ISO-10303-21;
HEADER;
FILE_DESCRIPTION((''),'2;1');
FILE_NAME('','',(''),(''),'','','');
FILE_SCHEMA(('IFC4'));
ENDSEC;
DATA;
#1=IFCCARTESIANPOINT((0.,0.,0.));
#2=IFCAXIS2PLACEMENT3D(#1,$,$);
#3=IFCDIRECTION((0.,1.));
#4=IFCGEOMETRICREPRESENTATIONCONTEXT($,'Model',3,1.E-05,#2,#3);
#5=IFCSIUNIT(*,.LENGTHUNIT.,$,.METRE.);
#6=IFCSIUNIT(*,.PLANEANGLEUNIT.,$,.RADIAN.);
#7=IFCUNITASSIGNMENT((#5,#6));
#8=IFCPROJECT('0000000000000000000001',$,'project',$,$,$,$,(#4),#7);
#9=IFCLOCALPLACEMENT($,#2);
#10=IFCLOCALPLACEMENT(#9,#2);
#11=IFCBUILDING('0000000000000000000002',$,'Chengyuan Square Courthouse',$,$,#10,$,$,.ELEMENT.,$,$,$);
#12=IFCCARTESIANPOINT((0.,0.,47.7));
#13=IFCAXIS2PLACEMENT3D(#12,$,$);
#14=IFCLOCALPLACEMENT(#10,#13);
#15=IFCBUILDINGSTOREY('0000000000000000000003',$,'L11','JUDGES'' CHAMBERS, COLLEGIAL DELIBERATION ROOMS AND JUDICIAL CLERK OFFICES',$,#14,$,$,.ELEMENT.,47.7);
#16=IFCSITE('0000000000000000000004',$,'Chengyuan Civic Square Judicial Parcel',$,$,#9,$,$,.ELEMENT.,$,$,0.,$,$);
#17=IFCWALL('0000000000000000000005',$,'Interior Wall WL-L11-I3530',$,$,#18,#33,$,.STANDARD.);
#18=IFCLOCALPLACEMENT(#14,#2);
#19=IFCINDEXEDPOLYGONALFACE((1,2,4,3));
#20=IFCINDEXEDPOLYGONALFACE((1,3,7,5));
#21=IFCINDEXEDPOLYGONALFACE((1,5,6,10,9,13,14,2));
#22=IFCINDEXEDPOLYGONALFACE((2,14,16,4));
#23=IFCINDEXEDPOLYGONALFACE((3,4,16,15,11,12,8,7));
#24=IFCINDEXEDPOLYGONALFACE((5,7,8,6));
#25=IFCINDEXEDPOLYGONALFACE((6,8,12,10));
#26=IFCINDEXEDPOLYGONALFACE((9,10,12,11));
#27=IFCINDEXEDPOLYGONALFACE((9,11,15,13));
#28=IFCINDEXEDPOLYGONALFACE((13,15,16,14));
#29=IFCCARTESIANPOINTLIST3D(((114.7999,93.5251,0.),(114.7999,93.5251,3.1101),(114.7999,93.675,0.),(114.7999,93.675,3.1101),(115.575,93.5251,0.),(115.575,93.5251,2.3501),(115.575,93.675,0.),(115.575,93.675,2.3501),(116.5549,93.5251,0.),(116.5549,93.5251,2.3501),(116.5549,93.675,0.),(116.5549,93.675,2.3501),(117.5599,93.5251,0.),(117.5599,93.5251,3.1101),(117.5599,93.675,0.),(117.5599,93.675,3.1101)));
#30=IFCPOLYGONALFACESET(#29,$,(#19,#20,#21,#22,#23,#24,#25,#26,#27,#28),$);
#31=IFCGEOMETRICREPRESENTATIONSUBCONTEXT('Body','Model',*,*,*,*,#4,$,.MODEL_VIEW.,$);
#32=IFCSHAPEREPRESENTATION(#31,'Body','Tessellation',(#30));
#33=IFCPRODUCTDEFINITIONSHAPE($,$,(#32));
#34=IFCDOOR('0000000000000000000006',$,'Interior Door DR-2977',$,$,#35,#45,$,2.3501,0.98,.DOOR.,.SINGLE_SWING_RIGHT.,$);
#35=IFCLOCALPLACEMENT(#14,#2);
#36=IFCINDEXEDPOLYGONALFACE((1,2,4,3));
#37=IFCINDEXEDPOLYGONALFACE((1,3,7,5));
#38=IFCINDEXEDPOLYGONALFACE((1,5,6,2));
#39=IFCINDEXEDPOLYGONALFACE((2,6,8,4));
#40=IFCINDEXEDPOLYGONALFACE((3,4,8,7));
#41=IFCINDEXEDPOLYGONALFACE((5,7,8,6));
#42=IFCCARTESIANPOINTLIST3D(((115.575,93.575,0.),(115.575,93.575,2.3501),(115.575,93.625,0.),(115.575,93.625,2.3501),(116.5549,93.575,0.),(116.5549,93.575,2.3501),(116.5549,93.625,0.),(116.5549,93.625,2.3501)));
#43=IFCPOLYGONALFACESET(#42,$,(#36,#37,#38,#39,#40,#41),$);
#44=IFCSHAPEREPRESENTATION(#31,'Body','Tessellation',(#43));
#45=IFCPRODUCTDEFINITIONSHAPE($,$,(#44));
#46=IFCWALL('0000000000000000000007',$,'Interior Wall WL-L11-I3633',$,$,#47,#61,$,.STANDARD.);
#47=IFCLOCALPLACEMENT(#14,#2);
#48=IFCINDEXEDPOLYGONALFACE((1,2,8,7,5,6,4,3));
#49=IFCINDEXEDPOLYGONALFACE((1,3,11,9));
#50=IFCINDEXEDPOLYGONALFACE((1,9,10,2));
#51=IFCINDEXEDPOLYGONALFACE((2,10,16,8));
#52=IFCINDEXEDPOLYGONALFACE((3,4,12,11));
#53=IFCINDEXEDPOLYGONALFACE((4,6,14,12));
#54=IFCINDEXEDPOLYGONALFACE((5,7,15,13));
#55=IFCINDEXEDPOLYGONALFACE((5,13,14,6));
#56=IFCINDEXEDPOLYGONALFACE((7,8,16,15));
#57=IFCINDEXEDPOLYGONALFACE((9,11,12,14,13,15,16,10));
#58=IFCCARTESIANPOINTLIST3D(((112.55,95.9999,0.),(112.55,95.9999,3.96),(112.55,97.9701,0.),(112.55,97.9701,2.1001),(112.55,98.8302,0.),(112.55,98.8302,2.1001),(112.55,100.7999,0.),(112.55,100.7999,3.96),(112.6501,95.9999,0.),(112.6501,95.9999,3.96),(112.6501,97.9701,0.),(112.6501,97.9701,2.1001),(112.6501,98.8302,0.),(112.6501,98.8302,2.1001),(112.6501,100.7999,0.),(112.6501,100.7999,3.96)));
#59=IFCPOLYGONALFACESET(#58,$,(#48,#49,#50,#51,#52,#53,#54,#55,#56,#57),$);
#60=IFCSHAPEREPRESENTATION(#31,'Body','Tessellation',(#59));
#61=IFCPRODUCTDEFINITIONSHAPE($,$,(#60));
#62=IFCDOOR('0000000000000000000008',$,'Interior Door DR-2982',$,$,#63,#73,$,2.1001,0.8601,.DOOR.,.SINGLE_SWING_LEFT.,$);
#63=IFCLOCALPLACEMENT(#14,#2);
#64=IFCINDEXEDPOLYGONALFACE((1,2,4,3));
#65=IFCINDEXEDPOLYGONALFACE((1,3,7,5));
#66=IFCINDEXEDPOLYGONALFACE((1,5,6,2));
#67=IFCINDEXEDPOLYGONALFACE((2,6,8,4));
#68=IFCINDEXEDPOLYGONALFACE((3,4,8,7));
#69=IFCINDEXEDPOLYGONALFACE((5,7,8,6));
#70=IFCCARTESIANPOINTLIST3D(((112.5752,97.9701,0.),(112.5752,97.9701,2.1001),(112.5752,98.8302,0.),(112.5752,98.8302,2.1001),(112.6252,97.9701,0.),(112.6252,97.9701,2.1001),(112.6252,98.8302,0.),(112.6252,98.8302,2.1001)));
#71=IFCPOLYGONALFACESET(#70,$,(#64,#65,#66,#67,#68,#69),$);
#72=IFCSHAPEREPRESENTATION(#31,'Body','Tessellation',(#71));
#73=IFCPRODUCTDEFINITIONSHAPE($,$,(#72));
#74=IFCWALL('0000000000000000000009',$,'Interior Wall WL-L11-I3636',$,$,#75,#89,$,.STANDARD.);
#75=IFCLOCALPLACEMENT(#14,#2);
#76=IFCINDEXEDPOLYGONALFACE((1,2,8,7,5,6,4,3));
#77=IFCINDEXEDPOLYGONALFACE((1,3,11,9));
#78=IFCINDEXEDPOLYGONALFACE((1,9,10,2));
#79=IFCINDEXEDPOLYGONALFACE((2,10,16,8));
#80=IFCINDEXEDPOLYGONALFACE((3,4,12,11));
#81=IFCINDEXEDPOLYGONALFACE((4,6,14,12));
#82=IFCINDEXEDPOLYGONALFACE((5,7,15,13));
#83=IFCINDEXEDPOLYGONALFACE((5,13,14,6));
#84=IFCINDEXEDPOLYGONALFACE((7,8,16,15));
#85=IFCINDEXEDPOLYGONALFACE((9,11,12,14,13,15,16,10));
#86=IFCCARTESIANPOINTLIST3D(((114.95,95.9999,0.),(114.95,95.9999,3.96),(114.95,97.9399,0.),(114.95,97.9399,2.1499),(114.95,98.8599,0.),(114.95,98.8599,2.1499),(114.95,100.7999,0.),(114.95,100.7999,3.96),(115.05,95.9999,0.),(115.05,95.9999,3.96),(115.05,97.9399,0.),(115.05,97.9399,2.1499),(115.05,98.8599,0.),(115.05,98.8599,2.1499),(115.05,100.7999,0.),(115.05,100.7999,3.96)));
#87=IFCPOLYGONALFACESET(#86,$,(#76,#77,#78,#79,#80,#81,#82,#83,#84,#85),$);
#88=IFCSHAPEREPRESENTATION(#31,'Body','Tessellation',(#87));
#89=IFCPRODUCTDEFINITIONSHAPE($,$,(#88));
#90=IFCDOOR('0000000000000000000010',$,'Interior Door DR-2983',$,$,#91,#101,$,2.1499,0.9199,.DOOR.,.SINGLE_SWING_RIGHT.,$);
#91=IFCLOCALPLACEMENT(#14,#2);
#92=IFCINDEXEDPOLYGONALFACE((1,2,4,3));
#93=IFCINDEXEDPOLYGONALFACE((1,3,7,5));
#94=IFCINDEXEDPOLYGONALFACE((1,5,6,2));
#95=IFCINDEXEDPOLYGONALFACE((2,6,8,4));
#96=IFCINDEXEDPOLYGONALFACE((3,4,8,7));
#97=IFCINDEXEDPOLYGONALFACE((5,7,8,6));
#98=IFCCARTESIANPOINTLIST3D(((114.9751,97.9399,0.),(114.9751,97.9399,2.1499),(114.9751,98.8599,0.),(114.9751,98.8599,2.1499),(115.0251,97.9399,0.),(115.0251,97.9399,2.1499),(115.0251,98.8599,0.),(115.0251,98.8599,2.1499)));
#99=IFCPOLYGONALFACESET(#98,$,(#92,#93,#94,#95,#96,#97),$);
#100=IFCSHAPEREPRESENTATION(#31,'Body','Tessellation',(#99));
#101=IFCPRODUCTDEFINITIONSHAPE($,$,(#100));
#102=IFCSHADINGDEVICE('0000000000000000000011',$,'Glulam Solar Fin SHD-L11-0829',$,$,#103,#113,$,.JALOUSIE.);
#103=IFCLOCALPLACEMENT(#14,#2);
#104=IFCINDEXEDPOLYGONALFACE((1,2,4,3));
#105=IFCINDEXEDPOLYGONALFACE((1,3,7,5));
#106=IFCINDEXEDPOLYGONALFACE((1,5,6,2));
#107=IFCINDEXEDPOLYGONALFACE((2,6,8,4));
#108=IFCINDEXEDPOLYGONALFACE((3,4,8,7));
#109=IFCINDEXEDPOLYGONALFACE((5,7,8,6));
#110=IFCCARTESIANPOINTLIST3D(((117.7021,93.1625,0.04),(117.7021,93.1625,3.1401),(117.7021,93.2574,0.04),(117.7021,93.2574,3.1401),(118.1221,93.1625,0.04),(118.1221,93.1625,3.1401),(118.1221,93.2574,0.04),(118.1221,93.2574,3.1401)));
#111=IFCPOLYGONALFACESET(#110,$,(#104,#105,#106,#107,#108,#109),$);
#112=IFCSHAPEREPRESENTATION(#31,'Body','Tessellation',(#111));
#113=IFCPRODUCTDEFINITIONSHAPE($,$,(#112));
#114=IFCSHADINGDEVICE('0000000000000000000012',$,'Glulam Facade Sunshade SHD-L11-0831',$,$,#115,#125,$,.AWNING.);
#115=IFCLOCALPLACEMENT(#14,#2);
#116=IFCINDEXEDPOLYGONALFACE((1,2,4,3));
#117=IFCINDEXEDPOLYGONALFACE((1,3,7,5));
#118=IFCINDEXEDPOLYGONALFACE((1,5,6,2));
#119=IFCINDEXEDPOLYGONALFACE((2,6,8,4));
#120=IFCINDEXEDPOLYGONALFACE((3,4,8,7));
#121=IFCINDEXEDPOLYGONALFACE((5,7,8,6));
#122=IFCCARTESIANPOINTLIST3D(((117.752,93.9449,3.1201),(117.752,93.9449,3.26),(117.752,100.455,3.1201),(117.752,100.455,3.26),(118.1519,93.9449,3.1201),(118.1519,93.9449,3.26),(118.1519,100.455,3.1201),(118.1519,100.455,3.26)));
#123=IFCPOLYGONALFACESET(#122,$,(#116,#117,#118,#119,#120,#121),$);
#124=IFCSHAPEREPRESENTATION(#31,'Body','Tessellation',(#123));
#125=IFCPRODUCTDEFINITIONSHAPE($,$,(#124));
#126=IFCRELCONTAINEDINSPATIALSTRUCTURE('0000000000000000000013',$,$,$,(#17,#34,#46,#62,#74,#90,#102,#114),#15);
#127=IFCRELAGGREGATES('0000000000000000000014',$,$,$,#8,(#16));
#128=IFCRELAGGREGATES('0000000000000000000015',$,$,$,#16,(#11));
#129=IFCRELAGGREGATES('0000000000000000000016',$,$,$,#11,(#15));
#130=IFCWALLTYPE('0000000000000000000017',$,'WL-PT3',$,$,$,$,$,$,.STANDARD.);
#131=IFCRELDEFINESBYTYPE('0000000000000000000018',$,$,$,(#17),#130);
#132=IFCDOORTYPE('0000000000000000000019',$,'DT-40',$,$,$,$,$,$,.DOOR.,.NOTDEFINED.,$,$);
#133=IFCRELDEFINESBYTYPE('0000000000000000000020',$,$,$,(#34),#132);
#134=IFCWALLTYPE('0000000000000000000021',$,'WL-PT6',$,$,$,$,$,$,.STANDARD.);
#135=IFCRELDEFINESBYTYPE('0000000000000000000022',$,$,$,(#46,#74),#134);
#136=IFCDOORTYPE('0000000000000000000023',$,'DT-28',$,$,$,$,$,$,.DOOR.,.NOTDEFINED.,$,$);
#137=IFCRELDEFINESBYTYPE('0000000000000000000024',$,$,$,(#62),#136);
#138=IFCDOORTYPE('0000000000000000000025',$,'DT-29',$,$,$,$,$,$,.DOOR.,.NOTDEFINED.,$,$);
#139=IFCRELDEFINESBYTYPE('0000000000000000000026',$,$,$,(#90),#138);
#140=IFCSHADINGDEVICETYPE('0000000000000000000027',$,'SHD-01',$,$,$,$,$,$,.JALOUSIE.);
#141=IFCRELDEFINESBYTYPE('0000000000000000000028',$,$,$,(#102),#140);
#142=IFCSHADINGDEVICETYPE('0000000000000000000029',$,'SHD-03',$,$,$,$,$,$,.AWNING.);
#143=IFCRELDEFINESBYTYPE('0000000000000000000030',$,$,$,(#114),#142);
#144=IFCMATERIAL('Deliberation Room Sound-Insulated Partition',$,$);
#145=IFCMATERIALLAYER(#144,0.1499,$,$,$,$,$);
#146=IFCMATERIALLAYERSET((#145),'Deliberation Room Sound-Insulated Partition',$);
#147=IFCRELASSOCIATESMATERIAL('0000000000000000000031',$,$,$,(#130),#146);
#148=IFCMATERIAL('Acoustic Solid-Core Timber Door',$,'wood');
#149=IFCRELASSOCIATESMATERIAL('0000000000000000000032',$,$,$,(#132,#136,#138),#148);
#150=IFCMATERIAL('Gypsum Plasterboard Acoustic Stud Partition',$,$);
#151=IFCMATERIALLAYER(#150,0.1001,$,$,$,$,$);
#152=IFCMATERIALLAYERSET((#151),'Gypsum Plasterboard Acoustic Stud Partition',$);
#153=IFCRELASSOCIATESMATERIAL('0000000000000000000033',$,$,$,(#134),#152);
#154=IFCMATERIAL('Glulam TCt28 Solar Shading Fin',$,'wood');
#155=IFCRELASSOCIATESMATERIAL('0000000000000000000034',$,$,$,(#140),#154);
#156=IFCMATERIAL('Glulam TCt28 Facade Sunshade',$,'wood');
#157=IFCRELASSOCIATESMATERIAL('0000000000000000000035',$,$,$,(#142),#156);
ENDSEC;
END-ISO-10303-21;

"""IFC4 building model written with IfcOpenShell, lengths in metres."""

from ifc_helpers import new_model, si_unit, direction, frame, frame_2d, origin, origin_2d, place, context, subcontext, project, spatial, rectangle, extrude, material, layer, layer_set, type_object, element, fill, save


model = new_model("IFC4")

# Units and contexts
model_context = context("Model", 3, precision=1e-05, world=origin(), true_north=direction((0.0, 1.0)))
body_context = subcontext(model_context, "Body", "Model", "MODEL_VIEW")
ifc_project = project(units=[si_unit("LENGTHUNIT", "METRE"), si_unit("PLANEANGLEUNIT", "RADIAN")], contexts=[model_context])

# Site, building, storey
site_placement = place(None, origin())
site = spatial("IfcSite", under=ifc_project, at=site_placement, Name="Chengyuan Civic Square Judicial Parcel", CompositionType="ELEMENT", RefElevation=0.0)
building_placement = place(site_placement, origin())
building = spatial("IfcBuilding", under=site, at=building_placement, Name="Chengyuan Square Courthouse", CompositionType="ELEMENT")
storey_placement = place(building_placement, frame((0.0, 0.0, 47.7)))
storey = spatial("IfcBuildingStorey", under=building, at=storey_placement, Name="L11", Description="JUDGES' CHAMBERS, COLLEGIAL DELIBERATION ROOMS AND JUDICIAL CLERK OFFICES", CompositionType="ELEMENT", Elevation=47.7)

# Wall, opening, door
ifc_material_1 = material(Name="Deliberation Room Sound-Insulated Partition")
ifc_layer_1 = layer(ifc_material_1, 0.1499)
ifc_layer_set_1 = layer_set([ifc_layer_1], Name="Deliberation Room Sound-Insulated Partition")
wall_type_1 = type_object("IfcWallType", Name="WL-PT3", PredefinedType="STANDARD", material=ifc_layer_set_1)
wall_1_placement = place(storey_placement, frame((114.8, 93.6001, 0.0), z_axis=(0.0, 0.0, 1.0), x_axis=(1.0, 0.0, 0.0)))
wall_1 = element("IfcWall", 1, at=wall_1_placement, inside=storey, type_object=wall_type_1, Name="Interior Wall WL-L11-I3530", PredefinedType="STANDARD", context=body_context, shape_type="SweptSolid", body=[
    extrude(rectangle(XDim=2.76, YDim=0.1499, at=frame_2d((1.3799, 0.0))), origin(), (0.0, 0.0, 1.0), 3.1101),
])
opening_1_placement = place(wall_1_placement, frame((0.7749, 0.0, 0.0)))
opening_1 = element("IfcOpeningElement", 2, at=opening_1_placement, cuts=wall_1, PredefinedType="OPENING", context=body_context, shape_type="SweptSolid", body=[
    extrude(rectangle(XDim=0.98, YDim=2.3501, at=frame_2d((0.49, 1.175))), frame((0.0, 0.0869, 0.0), z_axis=(0.0, -1.0, 0.0), x_axis=(1.0, 0.0, 0.0)), (0.0, 0.0, 1.0), 0.1738),
])
ifc_material_2 = material(Name="Acoustic Solid-Core Timber Door", Category="wood")
door_type_1 = type_object("IfcDoorType", Name="DT-40", OperationType="NOTDEFINED", PredefinedType="DOOR", material=ifc_material_2)
door_1_placement = place(opening_1_placement, origin())
door_1 = element("IfcDoor", 3, at=door_1_placement, inside=storey, type_object=door_type_1, Name="Interior Door DR-2977", OperationType="SINGLE_SWING_RIGHT", OverallHeight=2.3501, OverallWidth=0.98, PredefinedType="DOOR", context=body_context, shape_type="SweptSolid", body=[
    extrude(rectangle(XDim=0.98, YDim=2.3501, at=frame_2d((0.49, 1.175))), frame((0.0, 0.0249, 0.0), z_axis=(0.0, -1.0, 0.0), x_axis=(1.0, 0.0, 0.0)), (0.0, 0.0, 1.0), 0.05),
])
fill(opening_1, door_1)

# Shared definitions
ifc_material_3 = material(Name="Gypsum Plasterboard Acoustic Stud Partition")
ifc_layer_2 = layer(ifc_material_3, 0.1001)
ifc_layer_set_2 = layer_set([ifc_layer_2], Name="Gypsum Plasterboard Acoustic Stud Partition")
wall_type_2 = type_object("IfcWallType", Name="WL-PT6", PredefinedType="STANDARD", material=ifc_layer_set_2)

# Walls, openings, doors
wall_2_placement = place(storey_placement, frame((112.6001, 96.0, 0.0), z_axis=(0.0, 0.0, 1.0), x_axis=(0.0, 1.0, 0.0)))
wall_2 = element("IfcWall", 4, at=wall_2_placement, inside=storey, type_object=wall_type_2, Name="Interior Wall WL-L11-I3633", PredefinedType="STANDARD", context=body_context, shape_type="SweptSolid", body=[
    extrude(rectangle(XDim=4.8, YDim=0.1001, at=frame_2d((2.3999, 0.0))), origin(), (0.0, 0.0, 1.0), 3.96),
])
opening_2_placement = place(wall_2_placement, frame((1.97, 0.0, 0.0)))
opening_2 = element("IfcOpeningElement", 5, at=opening_2_placement, cuts=wall_2, PredefinedType="OPENING", context=body_context, shape_type="SweptSolid", body=[
    extrude(rectangle(XDim=0.8601, YDim=2.1001, at=frame_2d((0.4302, 1.05))), frame((0.0, 0.062, 0.0), z_axis=(0.0, -1.0, 0.0), x_axis=(1.0, 0.0, 0.0)), (0.0, 0.0, 1.0), 0.124),
])
door_type_2 = type_object("IfcDoorType", Name="DT-28", OperationType="NOTDEFINED", PredefinedType="DOOR", material=ifc_material_2)
door_2_placement = place(opening_2_placement, origin())
door_2 = element("IfcDoor", 6, at=door_2_placement, inside=storey, type_object=door_type_2, Name="Interior Door DR-2982", OperationType="SINGLE_SWING_LEFT", OverallHeight=2.1001, OverallWidth=0.8601, PredefinedType="DOOR", context=body_context, shape_type="SweptSolid", body=[
    extrude(rectangle(XDim=0.8601, YDim=2.1001, at=frame_2d((0.4302, 1.05))), frame((0.0, 0.0249, 0.0), z_axis=(0.0, -1.0, 0.0), x_axis=(1.0, 0.0, 0.0)), (0.0, 0.0, 1.0), 0.05),
])
fill(opening_2, door_2)
wall_3_placement = place(storey_placement, frame((115.0, 96.0, 0.0), z_axis=(0.0, 0.0, 1.0), x_axis=(0.0, 1.0, 0.0)))
wall_3 = element("IfcWall", 7, at=wall_3_placement, inside=storey, type_object=wall_type_2, Name="Interior Wall WL-L11-I3636", PredefinedType="STANDARD", context=body_context, shape_type="SweptSolid", body=[
    extrude(rectangle(XDim=4.8, YDim=0.1001, at=frame_2d((2.3999, 0.0))), origin(), (0.0, 0.0, 1.0), 3.96),
])
opening_3_placement = place(wall_3_placement, frame((1.9399, 0.0, 0.0)))
opening_3 = element("IfcOpeningElement", 8, at=opening_3_placement, cuts=wall_3, PredefinedType="OPENING", context=body_context, shape_type="SweptSolid", body=[
    extrude(rectangle(XDim=0.9199, YDim=2.1499, at=frame_2d((0.46, 1.075))), frame((0.0, 0.062, 0.0), z_axis=(0.0, -1.0, 0.0), x_axis=(1.0, 0.0, 0.0)), (0.0, 0.0, 1.0), 0.124),
])
door_type_3 = type_object("IfcDoorType", Name="DT-29", OperationType="NOTDEFINED", PredefinedType="DOOR", material=ifc_material_2)
door_3_placement = place(opening_3_placement, origin())
door_3 = element("IfcDoor", 9, at=door_3_placement, inside=storey, type_object=door_type_3, Name="Interior Door DR-2983", OperationType="SINGLE_SWING_RIGHT", OverallHeight=2.1499, OverallWidth=0.9199, PredefinedType="DOOR", context=body_context, shape_type="SweptSolid", body=[
    extrude(rectangle(XDim=0.9199, YDim=2.1499, at=frame_2d((0.46, 1.075))), frame((0.0, 0.0249, 0.0), z_axis=(0.0, -1.0, 0.0), x_axis=(1.0, 0.0, 0.0)), (0.0, 0.0, 1.0), 0.05),
])
fill(opening_3, door_3)

# Shading devices
ifc_material_4 = material(Name="Glulam TCt28 Solar Shading Fin", Category="wood")
shading_device_type_1 = type_object("IfcShadingDeviceType", Name="SHD-01", PredefinedType="JALOUSIE", material=ifc_material_4)
shading_device_1_placement = place(storey_placement, frame((117.9121, 93.21, 0.04), z_axis=(0.0, 0.0, 1.0), x_axis=(1.0, 0.0, 0.0)))
element("IfcShadingDevice", 10, at=shading_device_1_placement, inside=storey, type_object=shading_device_type_1, Name="Glulam Solar Fin SHD-L11-0829", PredefinedType="JALOUSIE", context=body_context, shape_type="SweptSolid", body=[
    extrude(rectangle(XDim=0.4199, YDim=0.095, at=origin_2d()), origin(), (0.0, 0.0, 1.0), 3.1001),
])
ifc_material_5 = material(Name="Glulam TCt28 Facade Sunshade", Category="wood")
shading_device_type_2 = type_object("IfcShadingDeviceType", Name="SHD-03", PredefinedType="AWNING", material=ifc_material_5)
shading_device_2_placement = place(storey_placement, frame((117.9519, 97.2, 3.1201), z_axis=(0.0, 0.0, 1.0), x_axis=(0.0, 1.0, 0.0)))
element("IfcShadingDevice", 11, at=shading_device_2_placement, inside=storey, type_object=shading_device_type_2, Name="Glulam Facade Sunshade SHD-L11-0831", PredefinedType="AWNING", context=body_context, shape_type="SweptSolid", body=[
    extrude(rectangle(XDim=6.51, YDim=0.3999, at=origin_2d()), origin(), (0.0, 0.0, 1.0), 0.1399),
])

save(model, "model.ifc")
